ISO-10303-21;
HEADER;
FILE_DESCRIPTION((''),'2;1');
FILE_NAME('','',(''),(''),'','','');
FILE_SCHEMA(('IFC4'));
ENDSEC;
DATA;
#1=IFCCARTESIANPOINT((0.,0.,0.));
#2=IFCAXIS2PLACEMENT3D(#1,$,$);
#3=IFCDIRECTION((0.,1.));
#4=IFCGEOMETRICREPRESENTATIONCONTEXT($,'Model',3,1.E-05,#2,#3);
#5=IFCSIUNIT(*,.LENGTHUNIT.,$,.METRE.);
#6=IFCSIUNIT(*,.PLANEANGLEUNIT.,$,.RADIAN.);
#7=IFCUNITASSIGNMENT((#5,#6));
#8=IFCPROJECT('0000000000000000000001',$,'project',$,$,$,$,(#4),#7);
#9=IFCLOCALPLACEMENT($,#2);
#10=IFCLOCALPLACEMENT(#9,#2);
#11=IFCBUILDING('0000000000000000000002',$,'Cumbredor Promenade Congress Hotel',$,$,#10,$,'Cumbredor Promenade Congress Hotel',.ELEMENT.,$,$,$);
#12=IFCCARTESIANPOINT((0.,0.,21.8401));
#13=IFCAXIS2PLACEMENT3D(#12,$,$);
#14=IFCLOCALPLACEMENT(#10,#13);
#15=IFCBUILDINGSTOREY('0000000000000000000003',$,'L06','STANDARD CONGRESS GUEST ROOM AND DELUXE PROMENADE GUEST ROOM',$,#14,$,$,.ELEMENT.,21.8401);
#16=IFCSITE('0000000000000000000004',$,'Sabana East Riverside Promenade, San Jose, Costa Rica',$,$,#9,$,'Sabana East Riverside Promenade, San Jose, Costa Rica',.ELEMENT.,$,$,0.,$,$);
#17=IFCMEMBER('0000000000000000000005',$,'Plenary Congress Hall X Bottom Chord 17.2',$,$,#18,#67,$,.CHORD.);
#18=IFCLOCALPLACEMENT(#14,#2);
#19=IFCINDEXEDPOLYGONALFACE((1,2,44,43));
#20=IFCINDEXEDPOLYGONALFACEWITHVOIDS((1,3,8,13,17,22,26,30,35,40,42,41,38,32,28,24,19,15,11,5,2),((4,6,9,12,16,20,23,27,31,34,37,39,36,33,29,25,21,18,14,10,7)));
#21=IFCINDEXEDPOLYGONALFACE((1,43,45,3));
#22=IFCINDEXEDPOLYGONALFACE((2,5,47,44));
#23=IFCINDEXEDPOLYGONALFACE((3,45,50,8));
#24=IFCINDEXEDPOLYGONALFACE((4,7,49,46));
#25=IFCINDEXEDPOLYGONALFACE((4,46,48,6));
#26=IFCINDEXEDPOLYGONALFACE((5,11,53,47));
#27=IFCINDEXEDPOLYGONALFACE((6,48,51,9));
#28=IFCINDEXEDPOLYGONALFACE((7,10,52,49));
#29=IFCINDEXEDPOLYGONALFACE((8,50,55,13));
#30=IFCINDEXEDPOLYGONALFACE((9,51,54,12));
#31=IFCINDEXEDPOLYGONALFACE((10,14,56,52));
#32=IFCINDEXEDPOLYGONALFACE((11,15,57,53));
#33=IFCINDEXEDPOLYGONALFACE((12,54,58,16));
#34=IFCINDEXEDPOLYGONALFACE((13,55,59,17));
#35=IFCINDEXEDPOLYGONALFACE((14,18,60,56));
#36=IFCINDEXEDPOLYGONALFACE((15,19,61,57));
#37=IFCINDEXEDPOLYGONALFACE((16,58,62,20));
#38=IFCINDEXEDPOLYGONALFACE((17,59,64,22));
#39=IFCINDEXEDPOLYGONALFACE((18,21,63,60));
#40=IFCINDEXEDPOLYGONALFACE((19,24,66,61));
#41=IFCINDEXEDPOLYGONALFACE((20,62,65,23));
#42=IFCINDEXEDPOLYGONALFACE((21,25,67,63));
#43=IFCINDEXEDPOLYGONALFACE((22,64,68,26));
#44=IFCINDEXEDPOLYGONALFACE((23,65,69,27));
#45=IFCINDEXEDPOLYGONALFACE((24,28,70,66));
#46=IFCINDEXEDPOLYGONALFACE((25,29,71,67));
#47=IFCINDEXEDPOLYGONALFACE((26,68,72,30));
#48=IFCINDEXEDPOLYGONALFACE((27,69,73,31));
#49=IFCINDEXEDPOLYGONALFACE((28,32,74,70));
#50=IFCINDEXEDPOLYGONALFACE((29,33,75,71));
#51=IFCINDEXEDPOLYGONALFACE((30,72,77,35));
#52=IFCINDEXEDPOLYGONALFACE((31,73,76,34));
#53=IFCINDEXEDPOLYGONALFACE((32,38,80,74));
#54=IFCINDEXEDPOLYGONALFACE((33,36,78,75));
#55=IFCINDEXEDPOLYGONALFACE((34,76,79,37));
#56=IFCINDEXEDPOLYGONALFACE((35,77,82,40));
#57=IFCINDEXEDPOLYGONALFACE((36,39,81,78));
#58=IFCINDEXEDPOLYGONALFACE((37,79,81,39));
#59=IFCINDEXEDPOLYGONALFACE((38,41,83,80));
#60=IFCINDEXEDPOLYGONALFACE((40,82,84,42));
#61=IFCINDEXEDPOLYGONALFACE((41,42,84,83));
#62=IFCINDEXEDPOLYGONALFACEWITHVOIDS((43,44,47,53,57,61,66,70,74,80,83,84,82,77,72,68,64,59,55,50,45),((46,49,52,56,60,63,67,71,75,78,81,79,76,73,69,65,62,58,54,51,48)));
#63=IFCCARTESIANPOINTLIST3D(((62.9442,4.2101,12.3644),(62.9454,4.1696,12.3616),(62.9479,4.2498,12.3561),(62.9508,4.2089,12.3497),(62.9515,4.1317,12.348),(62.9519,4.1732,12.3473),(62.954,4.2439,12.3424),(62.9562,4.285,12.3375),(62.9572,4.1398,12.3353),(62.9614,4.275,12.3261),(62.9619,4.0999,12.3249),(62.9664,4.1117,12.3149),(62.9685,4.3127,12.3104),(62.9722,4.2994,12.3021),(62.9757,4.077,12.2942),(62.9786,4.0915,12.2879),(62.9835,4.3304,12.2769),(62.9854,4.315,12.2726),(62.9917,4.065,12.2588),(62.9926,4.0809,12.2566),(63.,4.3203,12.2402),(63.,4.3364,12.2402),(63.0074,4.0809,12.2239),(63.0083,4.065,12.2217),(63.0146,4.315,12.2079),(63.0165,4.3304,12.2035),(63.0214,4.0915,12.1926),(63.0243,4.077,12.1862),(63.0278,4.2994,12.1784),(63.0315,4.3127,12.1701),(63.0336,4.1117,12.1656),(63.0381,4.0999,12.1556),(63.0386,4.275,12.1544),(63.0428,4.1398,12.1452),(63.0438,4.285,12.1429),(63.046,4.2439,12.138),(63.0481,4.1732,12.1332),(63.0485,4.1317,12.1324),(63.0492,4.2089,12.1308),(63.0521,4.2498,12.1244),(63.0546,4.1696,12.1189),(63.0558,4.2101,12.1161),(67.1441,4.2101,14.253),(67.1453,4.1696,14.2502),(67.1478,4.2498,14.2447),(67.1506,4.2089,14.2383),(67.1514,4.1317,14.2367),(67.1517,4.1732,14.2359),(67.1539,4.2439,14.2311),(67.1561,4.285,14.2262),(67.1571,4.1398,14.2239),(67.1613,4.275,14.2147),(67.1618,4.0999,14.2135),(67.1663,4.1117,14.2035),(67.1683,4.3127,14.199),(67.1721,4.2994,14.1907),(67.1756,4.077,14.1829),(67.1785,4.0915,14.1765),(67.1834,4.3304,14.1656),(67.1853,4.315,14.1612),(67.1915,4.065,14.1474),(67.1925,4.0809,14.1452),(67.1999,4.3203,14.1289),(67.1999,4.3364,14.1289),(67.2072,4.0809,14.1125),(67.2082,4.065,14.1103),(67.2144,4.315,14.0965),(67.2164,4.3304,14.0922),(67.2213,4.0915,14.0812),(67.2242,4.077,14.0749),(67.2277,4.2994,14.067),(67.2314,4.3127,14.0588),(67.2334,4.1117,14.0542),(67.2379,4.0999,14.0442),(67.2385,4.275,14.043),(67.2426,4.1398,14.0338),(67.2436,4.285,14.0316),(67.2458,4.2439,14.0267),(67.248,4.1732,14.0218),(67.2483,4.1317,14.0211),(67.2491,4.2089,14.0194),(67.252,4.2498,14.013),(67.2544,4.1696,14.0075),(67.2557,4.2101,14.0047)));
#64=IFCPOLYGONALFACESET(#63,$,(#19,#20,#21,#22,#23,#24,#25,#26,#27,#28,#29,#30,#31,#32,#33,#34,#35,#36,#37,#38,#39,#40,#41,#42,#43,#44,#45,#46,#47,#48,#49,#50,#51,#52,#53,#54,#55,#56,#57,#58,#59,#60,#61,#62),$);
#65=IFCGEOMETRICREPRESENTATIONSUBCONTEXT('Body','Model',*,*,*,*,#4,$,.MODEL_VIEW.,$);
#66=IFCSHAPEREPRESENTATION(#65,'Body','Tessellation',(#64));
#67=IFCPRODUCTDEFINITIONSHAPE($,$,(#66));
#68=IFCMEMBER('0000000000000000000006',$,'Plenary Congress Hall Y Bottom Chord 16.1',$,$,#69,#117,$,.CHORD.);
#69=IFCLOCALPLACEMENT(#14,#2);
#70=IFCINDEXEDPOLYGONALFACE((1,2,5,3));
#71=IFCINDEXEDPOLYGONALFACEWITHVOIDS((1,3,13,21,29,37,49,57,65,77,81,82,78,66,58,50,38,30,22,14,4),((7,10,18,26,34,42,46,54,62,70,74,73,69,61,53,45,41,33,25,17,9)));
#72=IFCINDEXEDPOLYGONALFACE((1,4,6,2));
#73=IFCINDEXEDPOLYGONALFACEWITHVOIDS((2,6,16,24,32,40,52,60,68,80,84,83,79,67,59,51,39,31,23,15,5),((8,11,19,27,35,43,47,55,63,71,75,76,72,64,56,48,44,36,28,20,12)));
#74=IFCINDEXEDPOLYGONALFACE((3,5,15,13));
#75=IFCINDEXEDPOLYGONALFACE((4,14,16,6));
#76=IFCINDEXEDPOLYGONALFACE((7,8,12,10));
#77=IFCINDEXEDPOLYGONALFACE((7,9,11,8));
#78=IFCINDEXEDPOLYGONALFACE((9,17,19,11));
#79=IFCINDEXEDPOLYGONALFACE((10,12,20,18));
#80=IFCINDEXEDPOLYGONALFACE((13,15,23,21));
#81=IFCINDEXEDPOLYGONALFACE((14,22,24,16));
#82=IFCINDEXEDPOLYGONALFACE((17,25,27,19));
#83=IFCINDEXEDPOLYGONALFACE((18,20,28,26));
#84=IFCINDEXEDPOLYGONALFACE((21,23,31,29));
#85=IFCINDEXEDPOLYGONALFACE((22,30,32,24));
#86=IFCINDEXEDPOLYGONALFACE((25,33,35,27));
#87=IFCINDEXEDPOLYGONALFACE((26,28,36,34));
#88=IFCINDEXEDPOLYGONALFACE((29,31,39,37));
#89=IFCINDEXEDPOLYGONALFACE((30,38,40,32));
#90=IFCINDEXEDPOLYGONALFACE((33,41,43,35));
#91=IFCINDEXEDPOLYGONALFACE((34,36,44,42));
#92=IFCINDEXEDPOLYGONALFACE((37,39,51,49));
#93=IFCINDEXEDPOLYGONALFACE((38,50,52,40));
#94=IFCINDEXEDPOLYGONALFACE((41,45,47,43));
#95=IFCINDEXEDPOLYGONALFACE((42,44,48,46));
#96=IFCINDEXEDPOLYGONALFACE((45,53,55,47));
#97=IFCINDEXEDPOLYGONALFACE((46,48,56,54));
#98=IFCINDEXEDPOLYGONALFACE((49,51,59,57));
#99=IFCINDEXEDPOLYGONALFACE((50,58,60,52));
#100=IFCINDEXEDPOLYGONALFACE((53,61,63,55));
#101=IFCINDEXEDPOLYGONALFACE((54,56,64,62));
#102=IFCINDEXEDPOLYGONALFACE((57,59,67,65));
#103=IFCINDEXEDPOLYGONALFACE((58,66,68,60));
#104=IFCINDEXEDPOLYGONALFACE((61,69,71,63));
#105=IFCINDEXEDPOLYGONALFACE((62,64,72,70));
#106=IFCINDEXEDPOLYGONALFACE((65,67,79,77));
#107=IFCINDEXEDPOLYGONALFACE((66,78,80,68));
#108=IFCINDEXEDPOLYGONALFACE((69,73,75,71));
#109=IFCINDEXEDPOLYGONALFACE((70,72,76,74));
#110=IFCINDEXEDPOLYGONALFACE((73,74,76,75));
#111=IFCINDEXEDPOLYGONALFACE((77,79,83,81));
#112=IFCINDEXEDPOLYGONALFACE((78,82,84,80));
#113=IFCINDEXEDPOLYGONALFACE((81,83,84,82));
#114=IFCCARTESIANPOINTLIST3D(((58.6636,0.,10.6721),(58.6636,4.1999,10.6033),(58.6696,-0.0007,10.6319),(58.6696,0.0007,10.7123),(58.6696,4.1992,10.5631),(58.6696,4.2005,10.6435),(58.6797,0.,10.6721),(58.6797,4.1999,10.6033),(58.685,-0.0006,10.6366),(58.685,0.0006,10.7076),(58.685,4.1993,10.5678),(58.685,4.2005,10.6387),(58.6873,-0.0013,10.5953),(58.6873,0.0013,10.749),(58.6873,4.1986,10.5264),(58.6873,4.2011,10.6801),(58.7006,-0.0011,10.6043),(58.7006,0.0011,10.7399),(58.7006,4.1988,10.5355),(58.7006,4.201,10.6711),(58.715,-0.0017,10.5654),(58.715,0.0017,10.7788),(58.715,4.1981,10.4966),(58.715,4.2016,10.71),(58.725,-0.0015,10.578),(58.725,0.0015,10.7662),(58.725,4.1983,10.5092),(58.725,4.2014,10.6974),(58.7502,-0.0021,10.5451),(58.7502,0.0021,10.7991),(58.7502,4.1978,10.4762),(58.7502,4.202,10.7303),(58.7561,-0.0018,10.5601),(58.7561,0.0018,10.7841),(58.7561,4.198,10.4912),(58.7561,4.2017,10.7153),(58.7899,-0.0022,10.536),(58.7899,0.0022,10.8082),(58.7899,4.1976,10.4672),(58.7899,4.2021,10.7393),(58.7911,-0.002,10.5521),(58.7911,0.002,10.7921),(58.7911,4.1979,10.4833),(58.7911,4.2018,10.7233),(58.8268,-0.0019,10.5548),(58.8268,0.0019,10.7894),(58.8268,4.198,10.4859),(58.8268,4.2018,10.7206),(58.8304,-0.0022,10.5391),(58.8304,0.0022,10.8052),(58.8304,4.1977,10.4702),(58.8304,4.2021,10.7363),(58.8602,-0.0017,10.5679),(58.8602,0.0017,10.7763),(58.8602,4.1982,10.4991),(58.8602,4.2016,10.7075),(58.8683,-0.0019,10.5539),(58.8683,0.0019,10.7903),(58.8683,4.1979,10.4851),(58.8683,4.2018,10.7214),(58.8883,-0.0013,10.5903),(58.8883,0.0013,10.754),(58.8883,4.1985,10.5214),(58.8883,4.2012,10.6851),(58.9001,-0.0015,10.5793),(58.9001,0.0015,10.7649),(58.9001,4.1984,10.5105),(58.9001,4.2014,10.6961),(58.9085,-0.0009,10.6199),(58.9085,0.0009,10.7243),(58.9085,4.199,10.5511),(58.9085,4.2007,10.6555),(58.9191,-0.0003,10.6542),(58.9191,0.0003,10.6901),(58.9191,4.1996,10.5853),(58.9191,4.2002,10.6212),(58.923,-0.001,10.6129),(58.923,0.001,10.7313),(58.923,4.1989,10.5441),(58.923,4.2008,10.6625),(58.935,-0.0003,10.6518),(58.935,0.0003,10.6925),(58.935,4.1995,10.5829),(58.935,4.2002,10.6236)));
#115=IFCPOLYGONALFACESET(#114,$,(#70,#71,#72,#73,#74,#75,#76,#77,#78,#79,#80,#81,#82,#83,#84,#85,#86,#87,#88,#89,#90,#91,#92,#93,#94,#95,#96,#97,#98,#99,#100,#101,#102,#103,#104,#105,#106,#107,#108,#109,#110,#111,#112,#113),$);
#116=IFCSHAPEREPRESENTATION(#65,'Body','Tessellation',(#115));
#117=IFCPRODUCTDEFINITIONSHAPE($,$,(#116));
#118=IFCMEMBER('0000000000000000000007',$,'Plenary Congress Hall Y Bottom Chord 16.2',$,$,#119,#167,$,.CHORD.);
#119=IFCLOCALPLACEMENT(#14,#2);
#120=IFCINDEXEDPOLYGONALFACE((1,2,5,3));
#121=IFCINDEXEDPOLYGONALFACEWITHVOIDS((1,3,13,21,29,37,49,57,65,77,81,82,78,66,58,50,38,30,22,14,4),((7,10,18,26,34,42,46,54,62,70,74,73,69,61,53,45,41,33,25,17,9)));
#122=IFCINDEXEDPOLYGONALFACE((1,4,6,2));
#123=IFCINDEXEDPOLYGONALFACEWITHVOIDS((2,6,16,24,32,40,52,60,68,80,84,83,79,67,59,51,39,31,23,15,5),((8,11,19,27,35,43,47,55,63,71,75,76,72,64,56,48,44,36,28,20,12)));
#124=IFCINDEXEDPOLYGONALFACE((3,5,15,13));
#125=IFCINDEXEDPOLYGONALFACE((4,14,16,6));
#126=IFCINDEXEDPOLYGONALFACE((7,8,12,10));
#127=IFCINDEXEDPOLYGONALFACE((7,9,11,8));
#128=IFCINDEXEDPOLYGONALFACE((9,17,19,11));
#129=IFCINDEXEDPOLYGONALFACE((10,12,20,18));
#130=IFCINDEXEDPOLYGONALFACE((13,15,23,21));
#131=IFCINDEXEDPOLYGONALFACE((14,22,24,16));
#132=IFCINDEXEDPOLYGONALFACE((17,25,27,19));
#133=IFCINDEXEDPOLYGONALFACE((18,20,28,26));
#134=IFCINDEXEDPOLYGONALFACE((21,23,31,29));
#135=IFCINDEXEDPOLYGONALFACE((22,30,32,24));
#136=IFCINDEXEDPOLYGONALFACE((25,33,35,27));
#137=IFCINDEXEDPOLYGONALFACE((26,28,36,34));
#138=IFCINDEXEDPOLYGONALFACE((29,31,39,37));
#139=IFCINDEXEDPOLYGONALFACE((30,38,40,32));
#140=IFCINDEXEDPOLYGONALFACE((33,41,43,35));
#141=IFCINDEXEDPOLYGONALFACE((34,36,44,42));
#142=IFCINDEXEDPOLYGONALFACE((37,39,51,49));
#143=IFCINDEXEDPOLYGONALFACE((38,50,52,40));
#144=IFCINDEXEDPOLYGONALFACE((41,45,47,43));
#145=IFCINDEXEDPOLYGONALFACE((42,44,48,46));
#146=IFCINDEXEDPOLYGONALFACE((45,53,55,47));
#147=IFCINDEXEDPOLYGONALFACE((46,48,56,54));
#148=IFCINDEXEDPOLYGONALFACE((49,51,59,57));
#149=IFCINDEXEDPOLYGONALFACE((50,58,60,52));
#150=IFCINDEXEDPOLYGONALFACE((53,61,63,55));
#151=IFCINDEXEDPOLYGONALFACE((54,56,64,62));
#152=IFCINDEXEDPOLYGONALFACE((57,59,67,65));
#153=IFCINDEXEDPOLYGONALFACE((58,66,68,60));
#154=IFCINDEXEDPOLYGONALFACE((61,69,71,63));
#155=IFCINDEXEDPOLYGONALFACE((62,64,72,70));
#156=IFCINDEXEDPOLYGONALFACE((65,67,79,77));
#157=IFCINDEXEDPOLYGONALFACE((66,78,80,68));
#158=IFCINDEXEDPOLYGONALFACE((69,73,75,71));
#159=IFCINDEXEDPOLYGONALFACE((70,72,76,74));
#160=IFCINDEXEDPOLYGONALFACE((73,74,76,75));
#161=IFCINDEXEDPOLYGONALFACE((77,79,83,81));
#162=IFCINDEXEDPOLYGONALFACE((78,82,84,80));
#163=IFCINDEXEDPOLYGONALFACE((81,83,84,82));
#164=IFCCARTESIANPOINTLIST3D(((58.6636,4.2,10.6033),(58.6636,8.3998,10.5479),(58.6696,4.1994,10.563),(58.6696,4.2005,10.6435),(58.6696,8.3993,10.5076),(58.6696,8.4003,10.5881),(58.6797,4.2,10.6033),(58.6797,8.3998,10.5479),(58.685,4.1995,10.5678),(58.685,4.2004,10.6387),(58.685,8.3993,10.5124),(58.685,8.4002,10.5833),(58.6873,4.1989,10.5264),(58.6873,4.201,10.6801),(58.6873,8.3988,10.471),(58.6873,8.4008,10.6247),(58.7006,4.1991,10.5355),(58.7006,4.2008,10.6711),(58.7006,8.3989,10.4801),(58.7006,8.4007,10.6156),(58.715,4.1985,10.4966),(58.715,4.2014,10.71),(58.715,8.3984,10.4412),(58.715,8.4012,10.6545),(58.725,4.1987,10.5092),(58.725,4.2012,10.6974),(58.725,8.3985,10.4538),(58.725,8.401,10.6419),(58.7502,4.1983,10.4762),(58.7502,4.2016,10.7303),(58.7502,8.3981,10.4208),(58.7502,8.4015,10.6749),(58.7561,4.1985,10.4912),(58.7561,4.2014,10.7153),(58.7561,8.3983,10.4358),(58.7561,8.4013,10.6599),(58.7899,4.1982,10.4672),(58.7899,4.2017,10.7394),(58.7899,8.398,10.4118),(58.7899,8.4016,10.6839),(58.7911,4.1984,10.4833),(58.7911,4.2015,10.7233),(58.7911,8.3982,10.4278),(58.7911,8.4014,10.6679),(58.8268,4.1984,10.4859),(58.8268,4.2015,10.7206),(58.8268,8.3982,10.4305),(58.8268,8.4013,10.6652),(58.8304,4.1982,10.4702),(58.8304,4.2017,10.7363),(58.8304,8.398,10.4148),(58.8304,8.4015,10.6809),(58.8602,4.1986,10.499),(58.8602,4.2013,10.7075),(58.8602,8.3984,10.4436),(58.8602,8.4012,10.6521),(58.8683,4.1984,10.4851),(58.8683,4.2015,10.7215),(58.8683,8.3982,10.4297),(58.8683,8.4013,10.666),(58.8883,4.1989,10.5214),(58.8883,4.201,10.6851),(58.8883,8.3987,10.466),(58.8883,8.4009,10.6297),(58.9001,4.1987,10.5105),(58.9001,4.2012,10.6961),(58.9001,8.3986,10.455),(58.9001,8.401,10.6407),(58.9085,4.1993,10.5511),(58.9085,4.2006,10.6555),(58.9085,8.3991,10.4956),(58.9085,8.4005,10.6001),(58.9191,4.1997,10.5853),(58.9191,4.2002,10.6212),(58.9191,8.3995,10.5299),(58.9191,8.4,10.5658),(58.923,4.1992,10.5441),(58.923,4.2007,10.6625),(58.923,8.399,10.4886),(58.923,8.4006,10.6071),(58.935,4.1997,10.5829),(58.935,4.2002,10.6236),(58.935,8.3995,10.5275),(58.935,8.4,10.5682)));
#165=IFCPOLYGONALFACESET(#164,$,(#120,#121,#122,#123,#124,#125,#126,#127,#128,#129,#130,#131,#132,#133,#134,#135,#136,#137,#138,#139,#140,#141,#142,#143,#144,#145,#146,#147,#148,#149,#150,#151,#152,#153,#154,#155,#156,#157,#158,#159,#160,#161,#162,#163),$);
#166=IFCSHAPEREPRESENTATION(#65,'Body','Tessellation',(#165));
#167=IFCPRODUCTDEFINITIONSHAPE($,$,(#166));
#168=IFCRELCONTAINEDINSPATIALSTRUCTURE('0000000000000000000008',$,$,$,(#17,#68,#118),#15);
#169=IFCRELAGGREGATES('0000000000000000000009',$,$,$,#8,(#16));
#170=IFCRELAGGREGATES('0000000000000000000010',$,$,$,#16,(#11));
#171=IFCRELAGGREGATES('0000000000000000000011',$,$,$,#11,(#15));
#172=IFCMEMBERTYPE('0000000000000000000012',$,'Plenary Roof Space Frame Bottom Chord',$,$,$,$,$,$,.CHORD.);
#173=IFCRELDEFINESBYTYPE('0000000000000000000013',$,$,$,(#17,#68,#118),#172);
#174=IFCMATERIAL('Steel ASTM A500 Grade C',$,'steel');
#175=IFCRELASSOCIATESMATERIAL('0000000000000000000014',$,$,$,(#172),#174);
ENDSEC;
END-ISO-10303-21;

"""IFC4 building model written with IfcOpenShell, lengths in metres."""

from ifc_helpers import new_model, si_unit, direction, frame, origin, origin_2d, place, context, subcontext, project, spatial, hollow_circle, extrude, material, material_profile, profile_set, type_object, element, save


model = new_model("IFC4")

# Units and contexts
model_context = context("Model", 3, precision=1e-05, world=origin(), true_north=direction((0.0, 1.0)))
body_context = subcontext(model_context, "Body", "Model", "MODEL_VIEW")
ifc_project = project(units=[si_unit("LENGTHUNIT", "METRE"), si_unit("PLANEANGLEUNIT", "RADIAN")], contexts=[model_context])

# Site, building, storey
site_placement = place(None, origin())
site = spatial("IfcSite", under=ifc_project, at=site_placement, Name="Sabana East Riverside Promenade, San Jose, Costa Rica", LongName="Sabana East Riverside Promenade, San Jose, Costa Rica", CompositionType="ELEMENT", RefElevation=0.0)
building_placement = place(site_placement, origin())
building = spatial("IfcBuilding", under=site, at=building_placement, Name="Cumbredor Promenade Congress Hotel", LongName="Cumbredor Promenade Congress Hotel", CompositionType="ELEMENT")
storey_placement = place(building_placement, frame((0.0, 0.0, 21.8401)))
storey = spatial("IfcBuildingStorey", under=building, at=storey_placement, Name="L06", Description="STANDARD CONGRESS GUEST ROOM AND DELUXE PROMENADE GUEST ROOM", CompositionType="ELEMENT", Elevation=21.8401)

# Members
ifc_material_1 = material(Name="Steel ASTM A500 Grade C", Category="steel")
ifc_material_profile_1 = material_profile(ifc_material_1, hollow_circle(Radius=0.1365, WallThickness=0.0161, at=origin_2d()), Name="CHS 273.0x16")
ifc_profile_set_1 = profile_set([ifc_material_profile_1], Name="Steel ASTM A500 Grade C")
member_type_1 = type_object("IfcMemberType", Name="Plenary Roof Space Frame Bottom Chord", PredefinedType="CHORD", material=ifc_profile_set_1)
member_1_placement = place(storey_placement, frame((63.0, 4.2, 12.2402), z_axis=(0.912028, 0.0, 0.410129), x_axis=(0.0, 1.0, 0.0)))
element("IfcMember", 1, at=member_1_placement, inside=storey, type_object=member_type_1, Name="Plenary Congress Hall X Bottom Chord 17.2", PredefinedType="CHORD", context=body_context, shape_type="SweptSolid", body=[
    extrude(hollow_circle(Radius=0.1365, WallThickness=0.0161, at=origin_2d()), origin(), (0.0, 0.0, 1.0), 4.605),
])
member_2_placement = place(storey_placement, frame((58.8, 0.0, 10.6721), z_axis=(0.0, 0.999866, -0.01639), x_axis=(-1.0, 0.0, 0.0)))
element("IfcMember", 2, at=member_2_placement, inside=storey, type_object=member_type_1, Name="Plenary Congress Hall Y Bottom Chord 16.1", PredefinedType="CHORD", context=body_context, shape_type="SweptSolid", body=[
    extrude(hollow_circle(Radius=0.1365, WallThickness=0.0161, at=origin_2d()), origin(), (0.0, 0.0, 1.0), 4.2004),
])
member_3_placement = place(storey_placement, frame((58.8, 4.2, 10.6033), z_axis=(0.0, 0.999913, -0.013194), x_axis=(-1.0, 0.0, 0.0)))
element("IfcMember", 3, at=member_3_placement, inside=storey, type_object=member_type_1, Name="Plenary Congress Hall Y Bottom Chord 16.2", PredefinedType="CHORD", context=body_context, shape_type="SweptSolid", body=[
    extrude(hollow_circle(Radius=0.1365, WallThickness=0.0161, at=origin_2d()), origin(), (0.0, 0.0, 1.0), 4.2002),
])

save(model, "model.ifc")
